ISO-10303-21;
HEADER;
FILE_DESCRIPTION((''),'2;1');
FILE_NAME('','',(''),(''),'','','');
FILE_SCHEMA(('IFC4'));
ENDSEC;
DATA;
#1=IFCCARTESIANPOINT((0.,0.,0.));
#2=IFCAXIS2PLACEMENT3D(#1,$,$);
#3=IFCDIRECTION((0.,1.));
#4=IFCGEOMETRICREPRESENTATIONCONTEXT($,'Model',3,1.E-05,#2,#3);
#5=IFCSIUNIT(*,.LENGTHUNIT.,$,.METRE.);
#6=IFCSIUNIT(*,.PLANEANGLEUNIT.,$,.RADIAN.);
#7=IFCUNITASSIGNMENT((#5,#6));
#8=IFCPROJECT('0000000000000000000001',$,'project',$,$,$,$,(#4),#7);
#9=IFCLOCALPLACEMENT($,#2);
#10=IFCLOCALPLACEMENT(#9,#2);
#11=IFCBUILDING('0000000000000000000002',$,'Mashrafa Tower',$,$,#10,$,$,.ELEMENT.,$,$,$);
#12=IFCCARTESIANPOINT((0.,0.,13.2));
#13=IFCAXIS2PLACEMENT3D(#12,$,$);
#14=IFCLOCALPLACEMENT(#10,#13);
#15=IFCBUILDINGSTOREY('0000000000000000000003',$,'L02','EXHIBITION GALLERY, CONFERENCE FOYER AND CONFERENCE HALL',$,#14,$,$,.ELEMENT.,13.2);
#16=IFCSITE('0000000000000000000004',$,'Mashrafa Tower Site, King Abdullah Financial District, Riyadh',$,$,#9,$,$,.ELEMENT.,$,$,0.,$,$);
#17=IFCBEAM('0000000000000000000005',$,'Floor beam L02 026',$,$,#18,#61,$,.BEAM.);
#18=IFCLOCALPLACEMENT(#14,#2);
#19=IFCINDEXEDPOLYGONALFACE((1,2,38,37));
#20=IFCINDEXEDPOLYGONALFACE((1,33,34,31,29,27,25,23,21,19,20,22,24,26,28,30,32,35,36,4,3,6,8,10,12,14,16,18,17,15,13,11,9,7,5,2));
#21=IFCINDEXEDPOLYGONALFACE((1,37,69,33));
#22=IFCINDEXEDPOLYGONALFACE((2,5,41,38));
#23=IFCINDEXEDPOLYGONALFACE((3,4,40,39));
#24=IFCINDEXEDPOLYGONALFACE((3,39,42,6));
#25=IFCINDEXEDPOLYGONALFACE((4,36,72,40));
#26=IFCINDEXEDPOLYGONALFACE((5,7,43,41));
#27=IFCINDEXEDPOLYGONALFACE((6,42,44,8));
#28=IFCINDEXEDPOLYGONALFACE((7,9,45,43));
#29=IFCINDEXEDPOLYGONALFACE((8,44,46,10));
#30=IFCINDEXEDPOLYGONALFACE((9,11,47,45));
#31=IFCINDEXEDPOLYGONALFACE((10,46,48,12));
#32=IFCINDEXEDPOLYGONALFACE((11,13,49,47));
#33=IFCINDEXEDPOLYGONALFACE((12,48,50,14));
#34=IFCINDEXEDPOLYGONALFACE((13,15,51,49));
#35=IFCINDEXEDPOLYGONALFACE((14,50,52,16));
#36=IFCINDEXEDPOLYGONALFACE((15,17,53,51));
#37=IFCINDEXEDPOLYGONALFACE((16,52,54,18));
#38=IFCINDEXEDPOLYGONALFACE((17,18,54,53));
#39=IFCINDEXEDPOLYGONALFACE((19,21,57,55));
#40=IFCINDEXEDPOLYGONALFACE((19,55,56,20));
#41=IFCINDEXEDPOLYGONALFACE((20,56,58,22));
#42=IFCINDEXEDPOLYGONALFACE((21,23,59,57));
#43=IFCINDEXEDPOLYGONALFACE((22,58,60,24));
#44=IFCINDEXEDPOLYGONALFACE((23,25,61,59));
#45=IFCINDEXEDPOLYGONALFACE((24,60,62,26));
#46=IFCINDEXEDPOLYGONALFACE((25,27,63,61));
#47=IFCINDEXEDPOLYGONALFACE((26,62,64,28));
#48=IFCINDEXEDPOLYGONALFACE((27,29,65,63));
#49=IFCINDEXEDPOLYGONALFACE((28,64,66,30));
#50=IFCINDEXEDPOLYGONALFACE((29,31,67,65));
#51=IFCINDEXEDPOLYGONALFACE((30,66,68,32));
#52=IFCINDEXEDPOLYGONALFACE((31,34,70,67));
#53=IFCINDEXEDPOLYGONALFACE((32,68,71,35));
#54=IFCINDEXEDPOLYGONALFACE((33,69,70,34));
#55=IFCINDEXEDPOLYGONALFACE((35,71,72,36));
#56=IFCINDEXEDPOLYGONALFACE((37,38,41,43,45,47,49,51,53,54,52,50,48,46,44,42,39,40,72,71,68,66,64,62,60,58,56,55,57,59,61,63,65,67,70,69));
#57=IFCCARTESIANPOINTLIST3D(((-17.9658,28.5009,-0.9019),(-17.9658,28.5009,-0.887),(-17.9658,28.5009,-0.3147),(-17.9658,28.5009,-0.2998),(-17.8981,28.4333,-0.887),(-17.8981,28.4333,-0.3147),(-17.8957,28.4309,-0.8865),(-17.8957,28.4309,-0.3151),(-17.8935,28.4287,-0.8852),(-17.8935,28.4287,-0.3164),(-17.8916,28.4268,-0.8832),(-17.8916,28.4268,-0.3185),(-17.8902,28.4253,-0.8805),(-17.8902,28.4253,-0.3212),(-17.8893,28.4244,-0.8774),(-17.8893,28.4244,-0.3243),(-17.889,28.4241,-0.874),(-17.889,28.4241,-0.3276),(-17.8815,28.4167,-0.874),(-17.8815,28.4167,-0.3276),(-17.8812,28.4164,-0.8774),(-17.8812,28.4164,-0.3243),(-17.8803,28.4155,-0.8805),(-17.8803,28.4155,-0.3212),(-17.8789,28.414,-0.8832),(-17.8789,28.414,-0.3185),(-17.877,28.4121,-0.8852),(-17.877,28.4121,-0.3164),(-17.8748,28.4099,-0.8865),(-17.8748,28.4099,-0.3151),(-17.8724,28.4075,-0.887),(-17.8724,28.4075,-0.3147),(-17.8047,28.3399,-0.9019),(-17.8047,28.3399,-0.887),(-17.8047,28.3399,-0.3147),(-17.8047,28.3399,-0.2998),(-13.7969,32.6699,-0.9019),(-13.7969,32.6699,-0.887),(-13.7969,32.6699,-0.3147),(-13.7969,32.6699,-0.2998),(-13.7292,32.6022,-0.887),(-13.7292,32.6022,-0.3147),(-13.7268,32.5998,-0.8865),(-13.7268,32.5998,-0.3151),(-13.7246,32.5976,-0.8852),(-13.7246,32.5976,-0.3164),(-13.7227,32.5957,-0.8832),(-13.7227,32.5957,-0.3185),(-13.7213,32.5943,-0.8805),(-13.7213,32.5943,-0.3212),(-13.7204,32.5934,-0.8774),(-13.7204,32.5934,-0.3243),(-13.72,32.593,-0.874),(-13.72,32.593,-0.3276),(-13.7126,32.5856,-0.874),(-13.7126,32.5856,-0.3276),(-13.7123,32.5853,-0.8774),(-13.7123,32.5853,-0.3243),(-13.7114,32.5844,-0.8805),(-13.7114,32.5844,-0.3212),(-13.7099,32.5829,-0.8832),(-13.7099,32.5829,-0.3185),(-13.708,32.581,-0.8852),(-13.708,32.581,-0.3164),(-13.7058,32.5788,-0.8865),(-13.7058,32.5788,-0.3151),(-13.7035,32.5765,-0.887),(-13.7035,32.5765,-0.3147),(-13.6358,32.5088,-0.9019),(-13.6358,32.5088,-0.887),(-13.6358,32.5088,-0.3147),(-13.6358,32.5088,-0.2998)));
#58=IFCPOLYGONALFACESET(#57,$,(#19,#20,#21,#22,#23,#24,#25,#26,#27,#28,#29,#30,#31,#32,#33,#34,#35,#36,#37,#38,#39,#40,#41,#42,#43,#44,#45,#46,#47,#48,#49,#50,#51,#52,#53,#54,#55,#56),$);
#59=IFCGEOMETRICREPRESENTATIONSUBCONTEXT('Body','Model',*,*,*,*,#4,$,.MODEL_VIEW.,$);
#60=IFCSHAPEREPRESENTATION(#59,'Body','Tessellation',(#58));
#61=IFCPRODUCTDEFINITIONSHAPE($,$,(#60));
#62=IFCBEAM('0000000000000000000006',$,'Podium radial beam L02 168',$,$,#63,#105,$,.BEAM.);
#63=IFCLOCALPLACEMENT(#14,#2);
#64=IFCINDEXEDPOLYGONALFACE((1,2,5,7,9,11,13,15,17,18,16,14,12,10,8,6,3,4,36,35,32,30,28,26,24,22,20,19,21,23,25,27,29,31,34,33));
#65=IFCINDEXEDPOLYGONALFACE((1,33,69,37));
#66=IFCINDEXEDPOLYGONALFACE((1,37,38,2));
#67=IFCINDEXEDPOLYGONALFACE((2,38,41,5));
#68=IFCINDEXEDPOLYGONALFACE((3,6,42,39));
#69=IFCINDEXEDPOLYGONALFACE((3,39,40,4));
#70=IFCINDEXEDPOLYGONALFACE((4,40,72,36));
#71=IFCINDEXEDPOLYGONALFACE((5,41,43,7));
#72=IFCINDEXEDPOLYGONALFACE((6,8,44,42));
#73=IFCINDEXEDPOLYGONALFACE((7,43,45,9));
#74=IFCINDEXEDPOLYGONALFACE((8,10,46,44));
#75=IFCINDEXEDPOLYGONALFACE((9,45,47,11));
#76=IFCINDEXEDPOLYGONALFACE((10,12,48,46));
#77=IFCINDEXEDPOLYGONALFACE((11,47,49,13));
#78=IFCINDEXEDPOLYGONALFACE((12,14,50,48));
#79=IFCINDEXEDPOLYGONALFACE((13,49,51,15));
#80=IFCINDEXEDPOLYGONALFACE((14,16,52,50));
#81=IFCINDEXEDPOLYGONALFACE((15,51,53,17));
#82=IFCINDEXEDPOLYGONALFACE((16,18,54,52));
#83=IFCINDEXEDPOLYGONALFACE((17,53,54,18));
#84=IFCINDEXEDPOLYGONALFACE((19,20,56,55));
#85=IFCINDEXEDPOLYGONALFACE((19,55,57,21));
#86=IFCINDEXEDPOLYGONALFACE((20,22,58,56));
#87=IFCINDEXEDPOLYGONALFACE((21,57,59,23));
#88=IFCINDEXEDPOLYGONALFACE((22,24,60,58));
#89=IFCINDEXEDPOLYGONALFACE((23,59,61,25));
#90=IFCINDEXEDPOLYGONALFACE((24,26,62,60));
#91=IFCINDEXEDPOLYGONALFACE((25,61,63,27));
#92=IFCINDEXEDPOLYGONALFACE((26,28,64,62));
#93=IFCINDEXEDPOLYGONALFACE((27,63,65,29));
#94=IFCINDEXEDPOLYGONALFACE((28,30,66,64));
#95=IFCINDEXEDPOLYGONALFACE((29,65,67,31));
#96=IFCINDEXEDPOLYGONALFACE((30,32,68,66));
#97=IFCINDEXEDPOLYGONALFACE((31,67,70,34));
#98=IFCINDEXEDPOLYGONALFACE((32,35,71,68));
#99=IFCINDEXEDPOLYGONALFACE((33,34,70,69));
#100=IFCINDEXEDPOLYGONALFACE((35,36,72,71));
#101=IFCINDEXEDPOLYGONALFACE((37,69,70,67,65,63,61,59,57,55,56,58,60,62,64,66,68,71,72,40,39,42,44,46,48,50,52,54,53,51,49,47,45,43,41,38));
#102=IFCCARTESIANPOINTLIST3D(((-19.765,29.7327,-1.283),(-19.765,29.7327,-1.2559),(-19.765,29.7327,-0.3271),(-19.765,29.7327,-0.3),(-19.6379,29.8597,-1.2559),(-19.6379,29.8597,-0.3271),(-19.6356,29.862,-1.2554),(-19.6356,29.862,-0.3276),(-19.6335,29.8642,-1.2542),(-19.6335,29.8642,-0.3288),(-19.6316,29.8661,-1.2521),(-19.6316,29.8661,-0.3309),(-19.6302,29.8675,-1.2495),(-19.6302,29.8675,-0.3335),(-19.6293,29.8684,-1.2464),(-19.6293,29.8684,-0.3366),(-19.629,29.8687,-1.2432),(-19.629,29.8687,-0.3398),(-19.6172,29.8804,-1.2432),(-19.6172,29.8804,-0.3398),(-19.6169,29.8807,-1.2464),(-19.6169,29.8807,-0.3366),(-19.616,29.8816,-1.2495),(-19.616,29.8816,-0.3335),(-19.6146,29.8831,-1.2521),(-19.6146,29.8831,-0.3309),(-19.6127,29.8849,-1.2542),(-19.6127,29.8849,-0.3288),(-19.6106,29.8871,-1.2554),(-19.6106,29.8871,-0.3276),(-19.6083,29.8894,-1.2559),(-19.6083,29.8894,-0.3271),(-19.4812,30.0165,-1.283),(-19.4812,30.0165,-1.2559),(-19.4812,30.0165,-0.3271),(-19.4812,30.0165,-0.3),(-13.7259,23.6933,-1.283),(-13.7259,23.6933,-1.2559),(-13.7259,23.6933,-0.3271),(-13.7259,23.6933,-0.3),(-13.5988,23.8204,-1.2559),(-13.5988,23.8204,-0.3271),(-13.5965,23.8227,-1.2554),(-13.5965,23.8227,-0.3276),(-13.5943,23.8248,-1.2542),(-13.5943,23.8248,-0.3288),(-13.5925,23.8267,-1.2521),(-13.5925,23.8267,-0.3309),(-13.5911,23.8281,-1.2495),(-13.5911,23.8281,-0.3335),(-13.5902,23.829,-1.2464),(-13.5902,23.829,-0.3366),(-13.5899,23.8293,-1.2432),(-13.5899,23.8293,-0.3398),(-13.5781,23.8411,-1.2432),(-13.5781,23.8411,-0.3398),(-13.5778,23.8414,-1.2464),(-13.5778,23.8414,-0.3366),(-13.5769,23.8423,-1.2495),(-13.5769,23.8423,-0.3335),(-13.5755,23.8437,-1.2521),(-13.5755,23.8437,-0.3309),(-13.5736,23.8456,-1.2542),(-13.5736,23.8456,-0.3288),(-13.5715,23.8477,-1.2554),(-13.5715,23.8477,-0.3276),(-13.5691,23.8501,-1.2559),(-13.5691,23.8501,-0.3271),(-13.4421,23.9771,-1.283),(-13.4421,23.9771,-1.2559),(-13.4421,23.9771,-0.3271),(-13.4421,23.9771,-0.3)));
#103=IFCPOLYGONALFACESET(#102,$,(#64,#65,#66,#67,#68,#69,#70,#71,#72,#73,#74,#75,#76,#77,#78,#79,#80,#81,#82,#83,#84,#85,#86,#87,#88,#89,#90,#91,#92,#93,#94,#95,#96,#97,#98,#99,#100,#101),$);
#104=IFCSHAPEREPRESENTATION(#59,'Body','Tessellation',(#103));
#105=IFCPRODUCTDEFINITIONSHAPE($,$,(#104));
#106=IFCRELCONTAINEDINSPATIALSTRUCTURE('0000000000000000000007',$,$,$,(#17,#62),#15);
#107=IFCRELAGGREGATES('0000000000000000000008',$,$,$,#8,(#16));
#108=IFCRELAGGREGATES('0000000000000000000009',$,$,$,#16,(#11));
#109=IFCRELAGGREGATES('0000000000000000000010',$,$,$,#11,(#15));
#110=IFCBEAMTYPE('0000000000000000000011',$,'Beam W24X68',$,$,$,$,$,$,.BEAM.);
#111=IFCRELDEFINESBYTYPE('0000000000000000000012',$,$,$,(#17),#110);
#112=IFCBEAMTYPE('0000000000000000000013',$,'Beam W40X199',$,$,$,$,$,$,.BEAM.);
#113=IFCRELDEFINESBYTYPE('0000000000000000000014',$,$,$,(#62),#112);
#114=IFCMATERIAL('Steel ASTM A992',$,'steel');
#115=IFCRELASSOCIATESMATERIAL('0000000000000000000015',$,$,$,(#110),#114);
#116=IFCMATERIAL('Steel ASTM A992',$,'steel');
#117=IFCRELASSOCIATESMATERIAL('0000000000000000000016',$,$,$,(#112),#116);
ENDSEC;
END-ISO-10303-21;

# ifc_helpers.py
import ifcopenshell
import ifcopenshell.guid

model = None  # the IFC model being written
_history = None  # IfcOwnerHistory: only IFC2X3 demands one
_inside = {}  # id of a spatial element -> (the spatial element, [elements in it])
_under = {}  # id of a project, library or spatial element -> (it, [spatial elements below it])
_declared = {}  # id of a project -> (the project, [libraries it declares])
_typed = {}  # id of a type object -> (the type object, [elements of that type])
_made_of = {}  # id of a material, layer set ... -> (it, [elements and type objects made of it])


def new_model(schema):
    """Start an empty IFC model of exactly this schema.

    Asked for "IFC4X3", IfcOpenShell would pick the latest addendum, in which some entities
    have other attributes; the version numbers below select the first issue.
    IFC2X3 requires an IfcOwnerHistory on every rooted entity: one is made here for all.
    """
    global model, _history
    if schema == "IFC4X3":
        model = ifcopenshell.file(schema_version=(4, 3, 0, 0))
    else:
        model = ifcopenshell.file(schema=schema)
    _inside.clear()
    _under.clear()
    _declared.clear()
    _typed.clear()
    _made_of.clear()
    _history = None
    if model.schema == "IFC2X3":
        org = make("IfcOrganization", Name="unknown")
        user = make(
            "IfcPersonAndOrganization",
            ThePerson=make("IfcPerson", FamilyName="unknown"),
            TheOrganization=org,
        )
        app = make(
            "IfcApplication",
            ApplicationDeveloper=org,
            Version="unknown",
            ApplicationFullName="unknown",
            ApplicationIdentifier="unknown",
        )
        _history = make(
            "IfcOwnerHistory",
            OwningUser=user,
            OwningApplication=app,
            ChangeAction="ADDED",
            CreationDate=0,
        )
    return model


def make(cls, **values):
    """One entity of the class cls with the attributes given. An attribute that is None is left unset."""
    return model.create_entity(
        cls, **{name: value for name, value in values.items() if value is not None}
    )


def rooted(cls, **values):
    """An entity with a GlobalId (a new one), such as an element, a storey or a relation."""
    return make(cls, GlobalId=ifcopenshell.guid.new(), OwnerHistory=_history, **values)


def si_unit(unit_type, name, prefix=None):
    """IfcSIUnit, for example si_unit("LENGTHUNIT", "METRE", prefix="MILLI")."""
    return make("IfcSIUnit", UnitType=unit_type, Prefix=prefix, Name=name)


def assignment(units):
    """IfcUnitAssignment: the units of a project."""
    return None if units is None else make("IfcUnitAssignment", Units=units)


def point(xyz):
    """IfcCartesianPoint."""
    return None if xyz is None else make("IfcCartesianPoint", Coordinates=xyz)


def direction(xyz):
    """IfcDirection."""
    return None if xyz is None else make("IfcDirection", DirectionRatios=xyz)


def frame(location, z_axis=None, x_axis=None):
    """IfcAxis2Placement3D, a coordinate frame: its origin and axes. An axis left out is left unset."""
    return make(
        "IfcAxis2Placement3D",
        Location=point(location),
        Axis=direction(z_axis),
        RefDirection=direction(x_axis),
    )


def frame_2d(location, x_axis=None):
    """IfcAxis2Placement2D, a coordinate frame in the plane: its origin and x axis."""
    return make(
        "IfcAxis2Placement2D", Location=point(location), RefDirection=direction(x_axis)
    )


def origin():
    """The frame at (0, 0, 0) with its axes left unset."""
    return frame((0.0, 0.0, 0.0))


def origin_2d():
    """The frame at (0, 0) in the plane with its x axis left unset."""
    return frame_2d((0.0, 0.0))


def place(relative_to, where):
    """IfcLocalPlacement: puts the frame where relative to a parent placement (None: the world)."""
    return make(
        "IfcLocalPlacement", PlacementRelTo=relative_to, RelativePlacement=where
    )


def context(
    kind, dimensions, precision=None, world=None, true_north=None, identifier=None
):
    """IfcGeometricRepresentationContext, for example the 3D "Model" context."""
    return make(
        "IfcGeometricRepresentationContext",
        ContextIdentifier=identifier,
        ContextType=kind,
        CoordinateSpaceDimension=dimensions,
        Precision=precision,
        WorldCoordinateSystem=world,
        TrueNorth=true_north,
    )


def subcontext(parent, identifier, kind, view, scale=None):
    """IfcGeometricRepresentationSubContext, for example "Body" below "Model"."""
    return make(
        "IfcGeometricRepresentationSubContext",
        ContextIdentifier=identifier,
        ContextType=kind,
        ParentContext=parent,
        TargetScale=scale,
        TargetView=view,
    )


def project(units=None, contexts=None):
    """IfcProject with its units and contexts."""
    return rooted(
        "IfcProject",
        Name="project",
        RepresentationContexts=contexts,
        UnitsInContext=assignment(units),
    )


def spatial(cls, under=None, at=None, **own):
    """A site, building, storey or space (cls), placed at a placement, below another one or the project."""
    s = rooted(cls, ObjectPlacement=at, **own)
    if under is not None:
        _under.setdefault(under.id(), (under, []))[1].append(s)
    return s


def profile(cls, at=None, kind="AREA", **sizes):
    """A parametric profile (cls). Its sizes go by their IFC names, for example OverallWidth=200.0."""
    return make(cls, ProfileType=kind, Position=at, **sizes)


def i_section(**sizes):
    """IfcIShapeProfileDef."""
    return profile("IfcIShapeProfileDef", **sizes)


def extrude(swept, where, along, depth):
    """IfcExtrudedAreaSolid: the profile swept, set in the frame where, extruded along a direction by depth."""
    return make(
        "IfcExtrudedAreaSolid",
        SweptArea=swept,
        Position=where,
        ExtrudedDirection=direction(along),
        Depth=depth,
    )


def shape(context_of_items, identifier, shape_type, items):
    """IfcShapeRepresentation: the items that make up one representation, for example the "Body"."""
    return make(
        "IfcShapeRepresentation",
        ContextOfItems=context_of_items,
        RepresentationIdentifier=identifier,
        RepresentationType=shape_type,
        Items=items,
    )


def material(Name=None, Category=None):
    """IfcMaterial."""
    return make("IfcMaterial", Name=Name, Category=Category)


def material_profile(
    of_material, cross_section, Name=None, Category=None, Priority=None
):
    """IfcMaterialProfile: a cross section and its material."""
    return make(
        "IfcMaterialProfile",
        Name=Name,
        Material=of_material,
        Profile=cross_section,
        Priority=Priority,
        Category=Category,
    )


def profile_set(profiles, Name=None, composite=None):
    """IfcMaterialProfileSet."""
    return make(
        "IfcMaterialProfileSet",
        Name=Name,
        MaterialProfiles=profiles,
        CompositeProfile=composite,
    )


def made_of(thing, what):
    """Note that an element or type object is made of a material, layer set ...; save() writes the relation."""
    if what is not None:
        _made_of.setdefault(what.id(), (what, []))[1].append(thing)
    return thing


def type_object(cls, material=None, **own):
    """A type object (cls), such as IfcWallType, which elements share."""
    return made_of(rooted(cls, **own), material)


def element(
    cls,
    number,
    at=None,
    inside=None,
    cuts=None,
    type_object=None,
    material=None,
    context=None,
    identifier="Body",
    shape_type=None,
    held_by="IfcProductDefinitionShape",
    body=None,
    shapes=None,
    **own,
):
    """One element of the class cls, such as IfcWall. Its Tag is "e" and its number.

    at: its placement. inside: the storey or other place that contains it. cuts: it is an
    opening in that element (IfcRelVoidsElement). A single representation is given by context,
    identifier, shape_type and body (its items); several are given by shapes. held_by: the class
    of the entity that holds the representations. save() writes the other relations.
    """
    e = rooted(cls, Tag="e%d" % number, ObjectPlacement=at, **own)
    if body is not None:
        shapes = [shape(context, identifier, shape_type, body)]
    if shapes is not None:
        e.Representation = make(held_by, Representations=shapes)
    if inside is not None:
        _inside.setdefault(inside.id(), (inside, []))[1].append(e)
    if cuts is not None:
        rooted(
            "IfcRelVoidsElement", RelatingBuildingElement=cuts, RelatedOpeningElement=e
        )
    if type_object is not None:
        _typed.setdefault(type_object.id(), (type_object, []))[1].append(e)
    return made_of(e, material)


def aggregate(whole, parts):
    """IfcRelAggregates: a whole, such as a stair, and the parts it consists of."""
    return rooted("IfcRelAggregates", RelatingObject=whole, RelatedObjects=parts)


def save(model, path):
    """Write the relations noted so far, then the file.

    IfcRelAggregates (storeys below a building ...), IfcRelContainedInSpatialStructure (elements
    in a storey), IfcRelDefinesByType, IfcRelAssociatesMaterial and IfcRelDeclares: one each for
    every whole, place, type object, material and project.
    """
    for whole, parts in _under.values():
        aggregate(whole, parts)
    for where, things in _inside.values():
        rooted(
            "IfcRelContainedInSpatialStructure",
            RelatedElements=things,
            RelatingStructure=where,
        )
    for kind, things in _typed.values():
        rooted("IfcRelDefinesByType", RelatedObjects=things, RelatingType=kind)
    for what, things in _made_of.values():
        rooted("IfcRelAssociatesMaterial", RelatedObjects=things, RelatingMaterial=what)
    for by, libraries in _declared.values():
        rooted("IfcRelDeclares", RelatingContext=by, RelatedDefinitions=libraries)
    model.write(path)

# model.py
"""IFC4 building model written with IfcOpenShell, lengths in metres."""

from ifc_helpers import new_model, si_unit, direction, frame, origin, origin_2d, place, context, subcontext, project, spatial, i_section, extrude, material, material_profile, profile_set, type_object, element, save


model = new_model("IFC4")

# Units and contexts
model_context = context("Model", 3, precision=1e-05, world=origin(), true_north=direction((0.0, 1.0)))
body_context = subcontext(model_context, "Body", "Model", "MODEL_VIEW")
ifc_project = project(units=[si_unit("LENGTHUNIT", "METRE"), si_unit("PLANEANGLEUNIT", "RADIAN")], contexts=[model_context])

# Site, building, storey
site_placement = place(None, origin())
site = spatial("IfcSite", under=ifc_project, at=site_placement, Name="Mashrafa Tower Site, King Abdullah Financial District, Riyadh", CompositionType="ELEMENT", RefElevation=0.0)
building_placement = place(site_placement, origin())
building = spatial("IfcBuilding", under=site, at=building_placement, Name="Mashrafa Tower", CompositionType="ELEMENT")
storey_placement = place(building_placement, frame((0.0, 0.0, 13.2)))
storey = spatial("IfcBuildingStorey", under=building, at=storey_placement, Name="L02", Description="EXHIBITION GALLERY, CONFERENCE FOYER AND CONFERENCE HALL", CompositionType="ELEMENT", Elevation=13.2)

# Beams
ifc_material_1 = material(Name="Steel ASTM A992", Category="steel")
ifc_material_profile_1 = material_profile(ifc_material_1, i_section(OverallWidth=0.2278, OverallDepth=0.6021, WebThickness=0.0105, FlangeThickness=0.0149, FilletRadius=0.0129, at=origin_2d()), Name="W24X68")
ifc_profile_set_1 = profile_set([ifc_material_profile_1], Name="Steel ASTM A992")
beam_type_1 = type_object("IfcBeamType", Name="Beam W24X68", PredefinedType="BEAM", material=ifc_profile_set_1)
beam_1_placement = place(storey_placement, frame((-17.8853, 28.4204, -0.6008), z_axis=(0.707107, 0.707107, 0.0), x_axis=(-0.707107, 0.707107, 0.0)))
element("IfcBeam", 1, at=beam_1_placement, inside=storey, type_object=beam_type_1, Name="Floor beam L02 026", PredefinedType="BEAM", context=body_context, shape_type="SweptSolid", body=[
    extrude(i_section(OverallWidth=0.2278, OverallDepth=0.6021, WebThickness=0.0105, FlangeThickness=0.0149, FilletRadius=0.0129, at=origin_2d()), origin(), (0.0, 0.0, 1.0), 5.8958),
])
ifc_material_2 = material(Name="Steel ASTM A992", Category="steel")
ifc_material_profile_2 = material_profile(ifc_material_2, i_section(OverallWidth=0.4014, OverallDepth=0.9829, WebThickness=0.0166, FlangeThickness=0.0271, FilletRadius=0.0127, at=origin_2d()), Name="W40X199")
ifc_profile_set_2 = profile_set([ifc_material_profile_2], Name="Steel ASTM A992")
beam_type_2 = type_object("IfcBeamType", Name="Beam W40X199", PredefinedType="BEAM", material=ifc_profile_set_2)
beam_2_placement = place(storey_placement, frame((-13.584, 23.8352, -0.7915), z_axis=(-0.707092, 0.707121, 0.0), x_axis=(-0.707121, -0.707092, 0.0)))
element("IfcBeam", 2, at=beam_2_placement, inside=storey, type_object=beam_type_2, Name="Podium radial beam L02 168", PredefinedType="BEAM", context=body_context, shape_type="SweptSolid", body=[
    extrude(i_section(OverallWidth=0.4014, OverallDepth=0.9829, WebThickness=0.0166, FlangeThickness=0.0271, FilletRadius=0.0127, at=origin_2d()), origin(), (0.0, 0.0, 1.0), 8.5408),
])

save(model, "model.ifc")
